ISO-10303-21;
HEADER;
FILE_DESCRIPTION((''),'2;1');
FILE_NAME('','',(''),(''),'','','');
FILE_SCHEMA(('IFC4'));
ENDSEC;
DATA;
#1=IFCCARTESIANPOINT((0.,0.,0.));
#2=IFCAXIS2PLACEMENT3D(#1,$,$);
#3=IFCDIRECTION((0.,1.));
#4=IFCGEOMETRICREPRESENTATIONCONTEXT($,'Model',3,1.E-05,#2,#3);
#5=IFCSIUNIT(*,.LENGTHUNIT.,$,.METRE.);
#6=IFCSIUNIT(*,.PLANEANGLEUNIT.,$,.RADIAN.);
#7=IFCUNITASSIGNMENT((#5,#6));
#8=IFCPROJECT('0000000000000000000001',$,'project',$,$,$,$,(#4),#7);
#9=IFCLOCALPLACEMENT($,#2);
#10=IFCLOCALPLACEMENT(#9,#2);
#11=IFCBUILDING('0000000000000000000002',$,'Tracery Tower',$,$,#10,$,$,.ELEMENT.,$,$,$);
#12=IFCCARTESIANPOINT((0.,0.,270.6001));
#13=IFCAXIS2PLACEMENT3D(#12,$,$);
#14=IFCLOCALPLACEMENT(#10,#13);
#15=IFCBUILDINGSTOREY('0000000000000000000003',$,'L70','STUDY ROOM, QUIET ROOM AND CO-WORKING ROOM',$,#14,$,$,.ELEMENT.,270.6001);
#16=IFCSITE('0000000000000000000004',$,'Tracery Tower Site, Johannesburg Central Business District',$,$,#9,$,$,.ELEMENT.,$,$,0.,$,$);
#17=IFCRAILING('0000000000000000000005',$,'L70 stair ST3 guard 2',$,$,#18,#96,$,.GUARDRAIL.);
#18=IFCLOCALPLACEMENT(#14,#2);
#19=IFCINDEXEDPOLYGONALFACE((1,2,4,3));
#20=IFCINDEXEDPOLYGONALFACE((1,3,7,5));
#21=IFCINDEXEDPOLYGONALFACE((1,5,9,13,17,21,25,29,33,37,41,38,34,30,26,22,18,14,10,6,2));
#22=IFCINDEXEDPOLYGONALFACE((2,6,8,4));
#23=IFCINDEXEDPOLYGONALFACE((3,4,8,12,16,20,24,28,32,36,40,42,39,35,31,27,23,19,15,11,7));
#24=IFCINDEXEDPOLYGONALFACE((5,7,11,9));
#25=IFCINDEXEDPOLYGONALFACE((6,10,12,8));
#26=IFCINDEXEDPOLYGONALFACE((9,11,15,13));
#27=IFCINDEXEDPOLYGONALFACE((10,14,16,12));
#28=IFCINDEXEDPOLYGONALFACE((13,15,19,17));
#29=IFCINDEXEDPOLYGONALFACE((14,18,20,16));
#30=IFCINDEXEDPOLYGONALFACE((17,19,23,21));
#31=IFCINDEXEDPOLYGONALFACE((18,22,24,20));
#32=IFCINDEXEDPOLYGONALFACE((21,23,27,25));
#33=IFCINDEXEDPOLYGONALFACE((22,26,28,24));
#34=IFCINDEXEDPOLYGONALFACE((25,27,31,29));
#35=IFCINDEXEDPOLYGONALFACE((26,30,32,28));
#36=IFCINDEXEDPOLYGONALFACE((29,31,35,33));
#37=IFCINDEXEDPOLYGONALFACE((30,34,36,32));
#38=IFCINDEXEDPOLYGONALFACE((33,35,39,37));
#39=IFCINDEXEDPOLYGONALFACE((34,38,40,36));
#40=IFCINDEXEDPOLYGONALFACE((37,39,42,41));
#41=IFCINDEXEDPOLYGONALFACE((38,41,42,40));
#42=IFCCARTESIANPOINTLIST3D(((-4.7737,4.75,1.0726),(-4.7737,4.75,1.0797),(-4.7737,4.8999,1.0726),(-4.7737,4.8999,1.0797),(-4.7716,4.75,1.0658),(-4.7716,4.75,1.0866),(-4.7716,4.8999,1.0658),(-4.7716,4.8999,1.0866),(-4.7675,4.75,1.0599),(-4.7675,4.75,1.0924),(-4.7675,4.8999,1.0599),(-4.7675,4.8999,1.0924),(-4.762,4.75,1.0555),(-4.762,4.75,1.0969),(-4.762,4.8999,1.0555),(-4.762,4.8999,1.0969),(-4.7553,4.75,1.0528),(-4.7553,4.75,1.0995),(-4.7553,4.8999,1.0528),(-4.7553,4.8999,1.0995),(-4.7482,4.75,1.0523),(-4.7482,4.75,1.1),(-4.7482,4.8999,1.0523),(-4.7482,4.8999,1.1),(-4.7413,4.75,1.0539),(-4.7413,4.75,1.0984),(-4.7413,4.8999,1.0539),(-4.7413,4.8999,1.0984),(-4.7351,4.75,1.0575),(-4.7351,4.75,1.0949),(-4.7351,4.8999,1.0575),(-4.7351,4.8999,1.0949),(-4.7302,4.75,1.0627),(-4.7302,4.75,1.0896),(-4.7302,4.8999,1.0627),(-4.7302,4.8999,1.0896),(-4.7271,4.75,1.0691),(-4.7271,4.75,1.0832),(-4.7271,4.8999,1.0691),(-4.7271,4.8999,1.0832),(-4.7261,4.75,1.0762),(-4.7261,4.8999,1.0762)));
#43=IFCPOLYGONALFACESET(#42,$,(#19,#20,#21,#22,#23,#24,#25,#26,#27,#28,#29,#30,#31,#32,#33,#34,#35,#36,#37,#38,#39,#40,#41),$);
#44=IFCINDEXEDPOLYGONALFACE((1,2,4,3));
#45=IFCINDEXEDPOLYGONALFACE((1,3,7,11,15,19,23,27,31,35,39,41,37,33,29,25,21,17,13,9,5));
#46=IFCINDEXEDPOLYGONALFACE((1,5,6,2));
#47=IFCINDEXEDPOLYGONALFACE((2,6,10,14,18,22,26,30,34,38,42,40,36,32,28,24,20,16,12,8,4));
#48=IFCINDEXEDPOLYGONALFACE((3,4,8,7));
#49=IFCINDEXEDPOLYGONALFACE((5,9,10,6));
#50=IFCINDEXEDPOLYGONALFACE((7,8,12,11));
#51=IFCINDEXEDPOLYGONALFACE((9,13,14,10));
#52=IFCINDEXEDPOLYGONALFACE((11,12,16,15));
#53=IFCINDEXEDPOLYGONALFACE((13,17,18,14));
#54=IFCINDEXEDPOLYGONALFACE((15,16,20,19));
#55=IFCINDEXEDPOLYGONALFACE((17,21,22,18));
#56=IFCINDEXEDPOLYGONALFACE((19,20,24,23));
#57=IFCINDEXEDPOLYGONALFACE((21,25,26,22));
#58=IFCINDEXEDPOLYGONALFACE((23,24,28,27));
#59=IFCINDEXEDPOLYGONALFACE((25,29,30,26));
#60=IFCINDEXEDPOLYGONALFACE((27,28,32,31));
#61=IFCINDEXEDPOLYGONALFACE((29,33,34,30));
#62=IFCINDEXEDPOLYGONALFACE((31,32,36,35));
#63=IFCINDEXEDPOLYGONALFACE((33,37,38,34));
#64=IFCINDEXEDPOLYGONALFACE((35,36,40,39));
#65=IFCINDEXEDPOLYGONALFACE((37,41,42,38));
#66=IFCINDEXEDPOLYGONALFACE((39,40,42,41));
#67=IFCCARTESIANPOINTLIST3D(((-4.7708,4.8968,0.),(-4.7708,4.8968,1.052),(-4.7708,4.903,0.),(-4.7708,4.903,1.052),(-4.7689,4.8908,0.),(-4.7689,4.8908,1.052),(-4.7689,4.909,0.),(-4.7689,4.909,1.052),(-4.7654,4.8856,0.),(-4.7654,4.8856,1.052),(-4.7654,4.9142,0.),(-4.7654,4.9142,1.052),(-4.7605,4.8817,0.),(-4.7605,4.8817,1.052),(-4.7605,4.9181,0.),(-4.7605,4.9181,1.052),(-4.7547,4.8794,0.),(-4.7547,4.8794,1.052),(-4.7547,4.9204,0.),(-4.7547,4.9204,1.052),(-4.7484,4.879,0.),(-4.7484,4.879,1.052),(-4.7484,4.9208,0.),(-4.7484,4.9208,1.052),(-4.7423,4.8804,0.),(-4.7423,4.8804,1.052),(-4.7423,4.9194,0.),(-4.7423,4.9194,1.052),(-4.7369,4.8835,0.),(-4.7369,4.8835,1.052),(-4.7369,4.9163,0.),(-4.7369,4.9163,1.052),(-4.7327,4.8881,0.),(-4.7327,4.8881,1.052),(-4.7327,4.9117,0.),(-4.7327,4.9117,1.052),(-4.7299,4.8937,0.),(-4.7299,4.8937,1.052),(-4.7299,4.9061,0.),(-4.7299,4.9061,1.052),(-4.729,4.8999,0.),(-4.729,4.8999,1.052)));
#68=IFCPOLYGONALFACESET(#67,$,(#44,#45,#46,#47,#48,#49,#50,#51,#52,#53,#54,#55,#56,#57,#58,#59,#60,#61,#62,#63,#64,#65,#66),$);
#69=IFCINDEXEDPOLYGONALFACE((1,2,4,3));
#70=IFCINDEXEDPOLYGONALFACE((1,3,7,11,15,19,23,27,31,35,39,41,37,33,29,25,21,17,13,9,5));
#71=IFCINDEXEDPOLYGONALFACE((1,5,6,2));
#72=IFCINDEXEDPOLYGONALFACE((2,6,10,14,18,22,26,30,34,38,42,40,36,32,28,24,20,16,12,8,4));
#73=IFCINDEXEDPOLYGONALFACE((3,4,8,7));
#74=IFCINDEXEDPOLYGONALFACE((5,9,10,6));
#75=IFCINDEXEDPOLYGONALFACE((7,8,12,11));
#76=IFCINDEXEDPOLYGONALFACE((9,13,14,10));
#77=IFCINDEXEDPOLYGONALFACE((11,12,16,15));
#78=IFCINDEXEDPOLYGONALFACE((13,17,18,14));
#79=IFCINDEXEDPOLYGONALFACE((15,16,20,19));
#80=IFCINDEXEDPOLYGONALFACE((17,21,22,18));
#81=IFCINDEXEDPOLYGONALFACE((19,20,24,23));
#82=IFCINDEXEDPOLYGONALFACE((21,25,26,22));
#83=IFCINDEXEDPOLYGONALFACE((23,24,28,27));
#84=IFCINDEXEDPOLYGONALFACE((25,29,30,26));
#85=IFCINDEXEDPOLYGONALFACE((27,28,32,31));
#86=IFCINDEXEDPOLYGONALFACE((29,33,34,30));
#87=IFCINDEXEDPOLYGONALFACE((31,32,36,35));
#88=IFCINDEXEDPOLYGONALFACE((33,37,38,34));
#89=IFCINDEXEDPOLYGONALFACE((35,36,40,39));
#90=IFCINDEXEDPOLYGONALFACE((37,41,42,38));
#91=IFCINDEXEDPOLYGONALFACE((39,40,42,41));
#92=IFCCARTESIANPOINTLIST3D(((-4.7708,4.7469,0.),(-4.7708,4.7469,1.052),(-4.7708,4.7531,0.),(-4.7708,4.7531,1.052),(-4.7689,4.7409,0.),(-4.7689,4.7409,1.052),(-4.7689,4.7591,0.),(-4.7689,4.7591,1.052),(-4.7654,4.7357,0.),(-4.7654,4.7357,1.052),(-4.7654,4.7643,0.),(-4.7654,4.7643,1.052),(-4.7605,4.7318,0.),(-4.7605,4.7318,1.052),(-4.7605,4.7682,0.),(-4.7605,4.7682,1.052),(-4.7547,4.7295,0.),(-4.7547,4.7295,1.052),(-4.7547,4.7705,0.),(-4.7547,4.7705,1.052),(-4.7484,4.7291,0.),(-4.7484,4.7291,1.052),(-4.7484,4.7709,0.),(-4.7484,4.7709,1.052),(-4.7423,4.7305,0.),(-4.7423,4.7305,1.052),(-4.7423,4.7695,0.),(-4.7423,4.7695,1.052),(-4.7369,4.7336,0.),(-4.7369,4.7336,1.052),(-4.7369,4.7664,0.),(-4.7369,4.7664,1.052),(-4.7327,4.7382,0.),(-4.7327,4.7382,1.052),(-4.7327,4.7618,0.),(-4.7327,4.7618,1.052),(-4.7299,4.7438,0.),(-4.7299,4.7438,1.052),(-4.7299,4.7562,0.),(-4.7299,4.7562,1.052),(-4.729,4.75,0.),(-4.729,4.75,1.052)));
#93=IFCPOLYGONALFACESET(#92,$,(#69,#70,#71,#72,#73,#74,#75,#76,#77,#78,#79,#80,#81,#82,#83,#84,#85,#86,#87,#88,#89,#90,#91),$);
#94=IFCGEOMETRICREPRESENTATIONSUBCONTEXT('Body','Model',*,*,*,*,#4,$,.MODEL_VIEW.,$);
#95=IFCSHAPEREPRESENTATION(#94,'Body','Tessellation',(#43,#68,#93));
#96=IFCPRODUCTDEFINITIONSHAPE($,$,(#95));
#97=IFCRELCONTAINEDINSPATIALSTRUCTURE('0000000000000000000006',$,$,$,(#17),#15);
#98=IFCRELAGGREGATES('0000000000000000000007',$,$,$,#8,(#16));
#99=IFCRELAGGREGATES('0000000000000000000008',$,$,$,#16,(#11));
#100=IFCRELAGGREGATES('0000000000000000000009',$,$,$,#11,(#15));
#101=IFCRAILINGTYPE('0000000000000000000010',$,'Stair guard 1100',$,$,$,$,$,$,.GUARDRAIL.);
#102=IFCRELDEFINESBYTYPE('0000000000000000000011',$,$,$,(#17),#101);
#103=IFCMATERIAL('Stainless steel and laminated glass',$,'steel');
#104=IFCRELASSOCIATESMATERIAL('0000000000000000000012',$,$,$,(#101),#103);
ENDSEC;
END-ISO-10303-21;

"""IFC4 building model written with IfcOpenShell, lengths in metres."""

from ifc_helpers import new_model, si_unit, direction, frame, origin, origin_2d, place, context, subcontext, project, spatial, circle, extrude, material, type_object, element, save


model = new_model("IFC4")

# Units and contexts
model_context = context("Model", 3, precision=1e-05, world=origin(), true_north=direction((0.0, 1.0)))
body_context = subcontext(model_context, "Body", "Model", "MODEL_VIEW")
ifc_project = project(units=[si_unit("LENGTHUNIT", "METRE"), si_unit("PLANEANGLEUNIT", "RADIAN")], contexts=[model_context])

# Site, building, storey
site_placement = place(None, origin())
site = spatial("IfcSite", under=ifc_project, at=site_placement, Name="Tracery Tower Site, Johannesburg Central Business District", CompositionType="ELEMENT", RefElevation=0.0)
building_placement = place(site_placement, origin())
building = spatial("IfcBuilding", under=site, at=building_placement, Name="Tracery Tower", CompositionType="ELEMENT")
storey_placement = place(building_placement, frame((0.0, 0.0, 270.6001)))
storey = spatial("IfcBuildingStorey", under=building, at=storey_placement, Name="L70", Description="STUDY ROOM, QUIET ROOM AND CO-WORKING ROOM", CompositionType="ELEMENT", Elevation=270.6001)

# Railing
ifc_material_1 = material(Name="Stainless steel and laminated glass", Category="steel")
railing_type_1 = type_object("IfcRailingType", Name="Stair guard 1100", PredefinedType="GUARDRAIL", material=ifc_material_1)
railing_1_placement = place(storey_placement, frame((-4.75, 4.8999, 0.0)))
element("IfcRailing", 1, at=railing_1_placement, inside=storey, type_object=railing_type_1, Name="L70 stair ST3 guard 2", PredefinedType="GUARDRAIL", context=body_context, shape_type="SweptSolid", body=[
    extrude(circle(Radius=0.0239, at=origin_2d()), frame((0.0, 0.0, 1.0762), z_axis=(0.0, -1.0, 0.0), x_axis=(1.0, 0.0, 0.0)), (0.0, 0.0, 1.0), 0.1499),
    extrude(circle(Radius=0.021, at=origin_2d()), origin(), (0.0, 0.0, 1.0), 1.052),
    extrude(circle(Radius=0.021, at=origin_2d()), frame((0.0, -0.1499, 0.0)), (0.0, 0.0, 1.0), 1.052),
])

save(model, "model.ifc")
